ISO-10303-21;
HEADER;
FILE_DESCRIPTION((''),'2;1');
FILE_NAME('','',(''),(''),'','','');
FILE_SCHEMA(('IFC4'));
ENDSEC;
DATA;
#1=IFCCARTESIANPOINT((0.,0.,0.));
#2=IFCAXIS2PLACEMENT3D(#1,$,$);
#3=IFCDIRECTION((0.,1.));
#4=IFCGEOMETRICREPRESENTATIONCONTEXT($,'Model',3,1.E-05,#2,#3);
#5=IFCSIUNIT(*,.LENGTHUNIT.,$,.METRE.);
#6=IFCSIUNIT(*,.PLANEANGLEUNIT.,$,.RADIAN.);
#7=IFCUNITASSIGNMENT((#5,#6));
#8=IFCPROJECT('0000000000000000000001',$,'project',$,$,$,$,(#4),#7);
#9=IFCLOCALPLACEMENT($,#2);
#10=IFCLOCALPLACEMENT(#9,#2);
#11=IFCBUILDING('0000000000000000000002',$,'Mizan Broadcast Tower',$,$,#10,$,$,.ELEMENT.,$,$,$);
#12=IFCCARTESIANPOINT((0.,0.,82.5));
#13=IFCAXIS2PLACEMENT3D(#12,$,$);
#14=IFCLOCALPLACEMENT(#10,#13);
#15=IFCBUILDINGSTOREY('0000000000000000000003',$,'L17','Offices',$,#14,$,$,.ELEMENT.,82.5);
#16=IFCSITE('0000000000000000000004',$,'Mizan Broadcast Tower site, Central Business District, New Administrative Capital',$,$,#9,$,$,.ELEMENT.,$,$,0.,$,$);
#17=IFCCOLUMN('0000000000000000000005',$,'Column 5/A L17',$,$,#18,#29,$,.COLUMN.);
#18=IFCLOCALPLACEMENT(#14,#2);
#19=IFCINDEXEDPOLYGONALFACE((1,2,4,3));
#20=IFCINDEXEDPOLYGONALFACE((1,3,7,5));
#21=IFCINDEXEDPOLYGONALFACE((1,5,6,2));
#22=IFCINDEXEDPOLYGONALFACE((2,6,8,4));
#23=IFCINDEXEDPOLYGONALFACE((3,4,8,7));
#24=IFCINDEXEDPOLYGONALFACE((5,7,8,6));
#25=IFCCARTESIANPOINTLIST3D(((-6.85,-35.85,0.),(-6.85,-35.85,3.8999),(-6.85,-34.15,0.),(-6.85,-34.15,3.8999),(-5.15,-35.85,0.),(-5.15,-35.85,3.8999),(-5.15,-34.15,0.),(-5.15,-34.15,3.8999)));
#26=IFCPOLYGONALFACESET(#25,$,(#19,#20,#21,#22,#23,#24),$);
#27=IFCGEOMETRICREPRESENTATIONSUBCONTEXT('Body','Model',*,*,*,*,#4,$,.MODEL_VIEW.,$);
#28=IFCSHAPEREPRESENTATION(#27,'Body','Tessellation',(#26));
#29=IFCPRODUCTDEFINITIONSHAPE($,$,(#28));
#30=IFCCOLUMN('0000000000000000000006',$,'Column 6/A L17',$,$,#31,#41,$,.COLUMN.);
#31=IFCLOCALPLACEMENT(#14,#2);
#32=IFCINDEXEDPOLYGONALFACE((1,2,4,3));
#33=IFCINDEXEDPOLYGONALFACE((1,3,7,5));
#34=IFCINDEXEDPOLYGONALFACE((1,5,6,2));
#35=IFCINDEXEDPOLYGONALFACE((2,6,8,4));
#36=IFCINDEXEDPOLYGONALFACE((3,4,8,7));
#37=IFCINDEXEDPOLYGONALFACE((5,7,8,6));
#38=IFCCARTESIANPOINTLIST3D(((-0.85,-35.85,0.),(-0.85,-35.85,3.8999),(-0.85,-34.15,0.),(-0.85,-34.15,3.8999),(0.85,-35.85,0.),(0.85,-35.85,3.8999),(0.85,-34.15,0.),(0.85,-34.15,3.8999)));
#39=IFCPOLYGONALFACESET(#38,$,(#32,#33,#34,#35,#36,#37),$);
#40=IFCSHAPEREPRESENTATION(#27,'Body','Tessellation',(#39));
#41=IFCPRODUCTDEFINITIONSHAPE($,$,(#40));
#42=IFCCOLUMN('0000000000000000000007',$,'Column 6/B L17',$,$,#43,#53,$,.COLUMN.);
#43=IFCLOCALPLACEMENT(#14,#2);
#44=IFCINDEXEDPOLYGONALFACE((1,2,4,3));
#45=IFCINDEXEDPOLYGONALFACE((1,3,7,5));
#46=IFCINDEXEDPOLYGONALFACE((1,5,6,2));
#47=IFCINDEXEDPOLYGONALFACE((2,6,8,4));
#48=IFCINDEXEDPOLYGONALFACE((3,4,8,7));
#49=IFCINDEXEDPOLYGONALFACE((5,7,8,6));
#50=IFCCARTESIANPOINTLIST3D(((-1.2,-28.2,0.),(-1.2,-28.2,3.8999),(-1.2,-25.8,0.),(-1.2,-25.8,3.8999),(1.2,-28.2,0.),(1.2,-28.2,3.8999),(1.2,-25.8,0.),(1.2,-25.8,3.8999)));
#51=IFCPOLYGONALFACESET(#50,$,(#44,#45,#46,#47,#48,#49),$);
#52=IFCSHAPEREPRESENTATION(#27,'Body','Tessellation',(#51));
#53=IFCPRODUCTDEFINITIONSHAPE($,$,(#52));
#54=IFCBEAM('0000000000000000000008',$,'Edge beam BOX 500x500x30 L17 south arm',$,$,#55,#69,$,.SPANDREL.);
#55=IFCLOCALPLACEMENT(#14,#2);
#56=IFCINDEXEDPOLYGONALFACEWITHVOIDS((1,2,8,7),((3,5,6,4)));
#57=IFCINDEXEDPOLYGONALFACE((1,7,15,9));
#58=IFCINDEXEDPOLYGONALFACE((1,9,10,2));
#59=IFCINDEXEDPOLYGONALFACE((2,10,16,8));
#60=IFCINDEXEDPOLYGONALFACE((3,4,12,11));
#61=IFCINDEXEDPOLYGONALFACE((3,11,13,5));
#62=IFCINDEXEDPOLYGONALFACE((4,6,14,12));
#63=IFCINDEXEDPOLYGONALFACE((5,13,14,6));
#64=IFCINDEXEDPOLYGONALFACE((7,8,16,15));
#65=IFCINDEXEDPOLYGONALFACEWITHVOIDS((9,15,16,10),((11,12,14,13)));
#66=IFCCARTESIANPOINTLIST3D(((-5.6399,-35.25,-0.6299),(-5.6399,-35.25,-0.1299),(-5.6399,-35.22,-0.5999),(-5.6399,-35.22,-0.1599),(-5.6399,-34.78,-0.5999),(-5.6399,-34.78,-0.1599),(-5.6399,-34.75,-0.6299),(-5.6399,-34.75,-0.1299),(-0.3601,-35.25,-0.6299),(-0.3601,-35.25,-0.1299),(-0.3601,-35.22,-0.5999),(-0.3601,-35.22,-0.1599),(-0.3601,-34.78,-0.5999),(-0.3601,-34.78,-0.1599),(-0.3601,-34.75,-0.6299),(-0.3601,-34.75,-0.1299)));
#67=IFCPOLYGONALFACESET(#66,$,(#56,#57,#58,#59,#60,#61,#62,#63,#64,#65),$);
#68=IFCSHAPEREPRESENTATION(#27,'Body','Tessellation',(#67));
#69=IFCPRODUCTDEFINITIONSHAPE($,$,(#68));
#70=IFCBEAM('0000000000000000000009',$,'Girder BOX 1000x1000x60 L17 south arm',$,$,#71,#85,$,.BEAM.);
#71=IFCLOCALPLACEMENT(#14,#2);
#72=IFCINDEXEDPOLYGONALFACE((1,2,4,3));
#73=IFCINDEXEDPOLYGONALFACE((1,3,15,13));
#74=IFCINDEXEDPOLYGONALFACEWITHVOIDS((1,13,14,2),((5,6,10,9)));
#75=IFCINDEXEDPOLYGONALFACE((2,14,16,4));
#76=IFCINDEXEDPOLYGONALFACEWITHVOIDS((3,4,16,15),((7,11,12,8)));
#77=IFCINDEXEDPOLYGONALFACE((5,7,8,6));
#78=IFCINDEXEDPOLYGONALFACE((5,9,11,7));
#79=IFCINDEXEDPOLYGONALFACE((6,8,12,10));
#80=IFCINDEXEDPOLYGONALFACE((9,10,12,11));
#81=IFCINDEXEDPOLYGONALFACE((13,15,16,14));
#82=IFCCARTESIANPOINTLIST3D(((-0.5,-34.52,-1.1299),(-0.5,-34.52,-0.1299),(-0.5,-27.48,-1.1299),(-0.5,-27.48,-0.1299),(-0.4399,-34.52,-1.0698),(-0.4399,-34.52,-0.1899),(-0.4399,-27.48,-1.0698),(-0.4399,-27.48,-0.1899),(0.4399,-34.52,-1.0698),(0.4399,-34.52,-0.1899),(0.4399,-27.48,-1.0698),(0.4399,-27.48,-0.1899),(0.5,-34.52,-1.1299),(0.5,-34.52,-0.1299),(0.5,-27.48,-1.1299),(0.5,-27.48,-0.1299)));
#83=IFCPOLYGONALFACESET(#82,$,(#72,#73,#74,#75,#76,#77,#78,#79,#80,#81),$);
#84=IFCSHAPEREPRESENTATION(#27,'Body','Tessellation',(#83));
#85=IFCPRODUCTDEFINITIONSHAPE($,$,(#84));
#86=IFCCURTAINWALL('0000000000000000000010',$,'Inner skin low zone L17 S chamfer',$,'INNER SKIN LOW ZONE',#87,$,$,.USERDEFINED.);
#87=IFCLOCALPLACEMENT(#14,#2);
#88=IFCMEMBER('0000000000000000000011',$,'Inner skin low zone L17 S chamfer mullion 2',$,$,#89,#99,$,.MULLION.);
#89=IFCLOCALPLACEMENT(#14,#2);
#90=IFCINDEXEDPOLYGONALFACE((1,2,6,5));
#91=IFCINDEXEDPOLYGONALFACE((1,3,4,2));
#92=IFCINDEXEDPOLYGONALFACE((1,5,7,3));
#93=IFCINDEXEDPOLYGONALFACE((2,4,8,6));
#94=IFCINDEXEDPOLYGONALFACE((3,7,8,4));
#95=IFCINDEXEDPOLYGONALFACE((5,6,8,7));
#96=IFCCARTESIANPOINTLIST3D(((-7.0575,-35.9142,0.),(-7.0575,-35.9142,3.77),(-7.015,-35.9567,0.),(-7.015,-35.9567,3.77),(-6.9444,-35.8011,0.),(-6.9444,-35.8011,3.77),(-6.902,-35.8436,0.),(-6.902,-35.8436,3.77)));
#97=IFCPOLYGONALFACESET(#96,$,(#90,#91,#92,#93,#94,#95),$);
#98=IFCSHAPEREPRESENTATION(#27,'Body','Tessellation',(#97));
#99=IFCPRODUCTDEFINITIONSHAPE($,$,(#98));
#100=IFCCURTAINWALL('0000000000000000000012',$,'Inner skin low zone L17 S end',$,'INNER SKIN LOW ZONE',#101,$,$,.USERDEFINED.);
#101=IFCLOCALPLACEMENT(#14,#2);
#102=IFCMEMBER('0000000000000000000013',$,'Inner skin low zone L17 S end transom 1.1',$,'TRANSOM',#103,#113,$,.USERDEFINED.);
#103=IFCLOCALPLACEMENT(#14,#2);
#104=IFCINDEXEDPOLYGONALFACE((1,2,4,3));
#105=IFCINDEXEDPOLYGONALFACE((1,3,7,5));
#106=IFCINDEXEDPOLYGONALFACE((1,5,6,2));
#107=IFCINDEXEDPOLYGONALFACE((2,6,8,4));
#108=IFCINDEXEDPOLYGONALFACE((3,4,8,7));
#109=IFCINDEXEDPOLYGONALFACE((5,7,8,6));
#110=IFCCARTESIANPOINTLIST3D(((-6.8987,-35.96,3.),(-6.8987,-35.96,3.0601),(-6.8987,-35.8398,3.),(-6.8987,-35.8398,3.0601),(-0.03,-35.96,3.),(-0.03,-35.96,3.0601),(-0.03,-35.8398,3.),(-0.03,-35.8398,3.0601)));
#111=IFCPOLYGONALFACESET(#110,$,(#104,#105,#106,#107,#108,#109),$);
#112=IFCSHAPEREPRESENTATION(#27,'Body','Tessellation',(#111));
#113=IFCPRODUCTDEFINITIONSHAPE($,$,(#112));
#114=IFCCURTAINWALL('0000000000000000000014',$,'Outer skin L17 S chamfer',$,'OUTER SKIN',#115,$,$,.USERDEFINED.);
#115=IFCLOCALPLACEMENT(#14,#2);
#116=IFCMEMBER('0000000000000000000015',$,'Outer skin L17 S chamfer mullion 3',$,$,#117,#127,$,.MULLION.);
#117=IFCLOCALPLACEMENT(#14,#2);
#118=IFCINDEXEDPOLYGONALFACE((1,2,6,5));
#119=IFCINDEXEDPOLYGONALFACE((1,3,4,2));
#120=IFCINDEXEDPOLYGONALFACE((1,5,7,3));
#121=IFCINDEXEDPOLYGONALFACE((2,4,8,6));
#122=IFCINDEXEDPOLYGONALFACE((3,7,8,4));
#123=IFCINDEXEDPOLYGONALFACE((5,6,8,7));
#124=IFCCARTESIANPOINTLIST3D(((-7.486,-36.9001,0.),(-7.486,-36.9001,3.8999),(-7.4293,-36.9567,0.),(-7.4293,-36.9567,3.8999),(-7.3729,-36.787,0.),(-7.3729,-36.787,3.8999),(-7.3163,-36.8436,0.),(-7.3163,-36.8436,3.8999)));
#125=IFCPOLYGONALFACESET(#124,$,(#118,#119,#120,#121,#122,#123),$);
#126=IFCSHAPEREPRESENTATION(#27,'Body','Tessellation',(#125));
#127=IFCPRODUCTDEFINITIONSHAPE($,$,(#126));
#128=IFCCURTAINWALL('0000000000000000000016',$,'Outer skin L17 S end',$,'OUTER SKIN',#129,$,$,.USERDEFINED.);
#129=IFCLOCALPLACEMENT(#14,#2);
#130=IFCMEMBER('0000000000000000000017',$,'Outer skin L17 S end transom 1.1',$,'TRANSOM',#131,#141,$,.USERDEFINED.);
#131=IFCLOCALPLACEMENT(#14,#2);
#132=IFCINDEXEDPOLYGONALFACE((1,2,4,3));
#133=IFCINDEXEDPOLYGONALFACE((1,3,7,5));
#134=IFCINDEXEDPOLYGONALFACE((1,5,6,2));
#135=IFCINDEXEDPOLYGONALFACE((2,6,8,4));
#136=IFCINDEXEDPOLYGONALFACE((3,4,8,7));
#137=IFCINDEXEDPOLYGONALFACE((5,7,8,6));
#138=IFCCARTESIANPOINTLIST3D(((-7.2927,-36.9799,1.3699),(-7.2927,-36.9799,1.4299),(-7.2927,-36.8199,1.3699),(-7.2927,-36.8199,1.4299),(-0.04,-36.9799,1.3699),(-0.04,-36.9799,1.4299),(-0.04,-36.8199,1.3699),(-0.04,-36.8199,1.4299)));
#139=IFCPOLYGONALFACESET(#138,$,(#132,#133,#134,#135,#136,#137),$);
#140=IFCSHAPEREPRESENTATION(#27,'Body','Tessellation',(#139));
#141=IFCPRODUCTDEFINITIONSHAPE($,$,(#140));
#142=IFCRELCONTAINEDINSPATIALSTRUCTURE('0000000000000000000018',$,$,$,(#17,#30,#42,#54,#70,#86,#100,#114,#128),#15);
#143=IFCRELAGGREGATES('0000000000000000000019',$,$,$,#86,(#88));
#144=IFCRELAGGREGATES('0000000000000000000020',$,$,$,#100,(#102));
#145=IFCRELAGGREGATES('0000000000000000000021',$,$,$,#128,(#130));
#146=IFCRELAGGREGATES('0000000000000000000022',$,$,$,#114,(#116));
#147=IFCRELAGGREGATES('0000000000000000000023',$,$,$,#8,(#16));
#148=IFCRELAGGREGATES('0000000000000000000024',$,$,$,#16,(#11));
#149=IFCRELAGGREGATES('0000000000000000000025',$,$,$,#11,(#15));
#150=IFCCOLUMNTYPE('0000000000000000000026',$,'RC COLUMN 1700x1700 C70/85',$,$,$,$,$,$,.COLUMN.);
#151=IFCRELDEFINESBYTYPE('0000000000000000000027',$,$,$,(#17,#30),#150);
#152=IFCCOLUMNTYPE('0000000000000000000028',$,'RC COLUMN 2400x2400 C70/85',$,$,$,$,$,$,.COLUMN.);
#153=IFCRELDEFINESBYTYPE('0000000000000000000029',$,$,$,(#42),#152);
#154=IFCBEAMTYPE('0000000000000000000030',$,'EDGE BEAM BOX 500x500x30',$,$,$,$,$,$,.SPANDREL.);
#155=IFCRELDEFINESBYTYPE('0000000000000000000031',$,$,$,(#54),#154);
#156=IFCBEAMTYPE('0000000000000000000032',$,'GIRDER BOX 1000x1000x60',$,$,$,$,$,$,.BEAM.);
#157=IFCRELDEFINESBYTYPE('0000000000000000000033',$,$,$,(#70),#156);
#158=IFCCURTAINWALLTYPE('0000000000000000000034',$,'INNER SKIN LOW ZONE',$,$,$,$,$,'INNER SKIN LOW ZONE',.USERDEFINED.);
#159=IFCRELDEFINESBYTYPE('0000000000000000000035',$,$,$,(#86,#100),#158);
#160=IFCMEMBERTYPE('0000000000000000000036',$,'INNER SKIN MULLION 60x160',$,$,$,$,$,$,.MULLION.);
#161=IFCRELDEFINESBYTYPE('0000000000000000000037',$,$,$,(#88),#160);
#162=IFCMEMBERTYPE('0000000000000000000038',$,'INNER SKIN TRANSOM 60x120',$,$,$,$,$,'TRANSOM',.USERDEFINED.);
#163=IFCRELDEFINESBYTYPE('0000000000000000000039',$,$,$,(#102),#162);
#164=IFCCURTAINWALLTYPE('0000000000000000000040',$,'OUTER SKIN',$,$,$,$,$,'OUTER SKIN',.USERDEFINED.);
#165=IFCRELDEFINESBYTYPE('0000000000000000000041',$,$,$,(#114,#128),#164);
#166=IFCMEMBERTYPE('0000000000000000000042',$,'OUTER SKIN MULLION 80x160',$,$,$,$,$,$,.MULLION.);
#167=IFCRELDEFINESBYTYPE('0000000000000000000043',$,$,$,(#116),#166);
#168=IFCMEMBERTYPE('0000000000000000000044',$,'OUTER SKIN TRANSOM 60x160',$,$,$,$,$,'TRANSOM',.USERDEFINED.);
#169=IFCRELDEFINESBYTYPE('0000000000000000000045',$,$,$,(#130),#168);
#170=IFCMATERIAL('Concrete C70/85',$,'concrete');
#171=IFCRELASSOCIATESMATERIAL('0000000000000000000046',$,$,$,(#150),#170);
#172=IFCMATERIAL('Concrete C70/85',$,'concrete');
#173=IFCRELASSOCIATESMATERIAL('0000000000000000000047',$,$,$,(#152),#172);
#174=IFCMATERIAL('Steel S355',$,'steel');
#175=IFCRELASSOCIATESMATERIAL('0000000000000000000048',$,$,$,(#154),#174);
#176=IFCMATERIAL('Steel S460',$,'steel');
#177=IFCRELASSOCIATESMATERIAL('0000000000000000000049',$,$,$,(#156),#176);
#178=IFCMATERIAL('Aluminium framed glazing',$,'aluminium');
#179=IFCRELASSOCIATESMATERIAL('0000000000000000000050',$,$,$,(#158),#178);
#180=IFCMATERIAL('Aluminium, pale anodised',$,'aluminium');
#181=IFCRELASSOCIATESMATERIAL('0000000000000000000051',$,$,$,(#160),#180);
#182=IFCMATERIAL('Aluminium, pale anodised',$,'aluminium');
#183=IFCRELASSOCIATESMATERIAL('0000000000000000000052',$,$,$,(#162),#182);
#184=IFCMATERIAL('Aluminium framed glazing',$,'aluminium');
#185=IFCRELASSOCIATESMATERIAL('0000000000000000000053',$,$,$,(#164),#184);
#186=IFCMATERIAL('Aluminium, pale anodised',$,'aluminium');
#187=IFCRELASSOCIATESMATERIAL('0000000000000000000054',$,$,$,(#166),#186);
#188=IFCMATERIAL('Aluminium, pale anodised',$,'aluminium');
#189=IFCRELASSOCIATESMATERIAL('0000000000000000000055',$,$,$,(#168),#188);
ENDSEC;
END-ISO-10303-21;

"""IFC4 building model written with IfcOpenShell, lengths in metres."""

from ifc_helpers import new_model, si_unit, direction, frame, origin, origin_2d, place, context, subcontext, project, spatial, rectangle, hollow_rectangle, extrude, material, material_profile, profile_set, type_object, element, aggregate, save


model = new_model("IFC4")

# Units and contexts
model_context = context("Model", 3, precision=1e-05, world=origin(), true_north=direction((0.0, 1.0)))
body_context = subcontext(model_context, "Body", "Model", "MODEL_VIEW")
ifc_project = project(units=[si_unit("LENGTHUNIT", "METRE"), si_unit("PLANEANGLEUNIT", "RADIAN")], contexts=[model_context])

# Site, building, storey
site_placement = place(None, origin())
site = spatial("IfcSite", under=ifc_project, at=site_placement, Name="Mizan Broadcast Tower site, Central Business District, New Administrative Capital", CompositionType="ELEMENT", RefElevation=0.0)
building_placement = place(site_placement, origin())
building = spatial("IfcBuilding", under=site, at=building_placement, Name="Mizan Broadcast Tower", CompositionType="ELEMENT")
storey_placement = place(building_placement, frame((0.0, 0.0, 82.5)))
storey = spatial("IfcBuildingStorey", under=building, at=storey_placement, Name="L17", Description="Offices", CompositionType="ELEMENT", Elevation=82.5)

# Columns
ifc_material_1 = material(Name="Concrete C70/85", Category="concrete")
ifc_material_profile_1 = material_profile(ifc_material_1, rectangle(XDim=1.7, YDim=1.7, at=origin_2d()), Name="RC 1700x1700")
ifc_profile_set_1 = profile_set([ifc_material_profile_1], Name="Concrete C70/85")
column_type_1 = type_object("IfcColumnType", Name="RC COLUMN 1700x1700 C70/85", PredefinedType="COLUMN", material=ifc_profile_set_1)
for number, where, z_axis, x_axis, name in (
    (1, (-6.0, -35.0, 0.0), (0.0, 0.0, 1.0), (1.0, 0.0, 0.0), "Column 5/A L17"),
    (2, (0.0, -35.0, 0.0), (0.0, 0.0, 1.0), (1.0, 0.0, 0.0), "Column 6/A L17"),
):
    element("IfcColumn", number, at=place(storey_placement, frame(where, z_axis=z_axis, x_axis=x_axis)), inside=storey, type_object=column_type_1, Name=name, PredefinedType="COLUMN", context=body_context, shape_type="SweptSolid", body=[
        extrude(rectangle(XDim=1.7, YDim=1.7, at=origin_2d()), origin(), (0.0, 0.0, 1.0), 3.8999),
    ])
ifc_material_2 = material(Name="Concrete C70/85", Category="concrete")
ifc_material_profile_2 = material_profile(ifc_material_2, rectangle(XDim=2.3999, YDim=2.3999, at=origin_2d()), Name="RC 2400x2400")
ifc_profile_set_2 = profile_set([ifc_material_profile_2], Name="Concrete C70/85")
column_type_2 = type_object("IfcColumnType", Name="RC COLUMN 2400x2400 C70/85", PredefinedType="COLUMN", material=ifc_profile_set_2)
column_placement = place(storey_placement, frame((0.0, -27.0, 0.0), z_axis=(0.0, 0.0, 1.0), x_axis=(1.0, 0.0, 0.0)))
element("IfcColumn", 3, at=column_placement, inside=storey, type_object=column_type_2, Name="Column 6/B L17", PredefinedType="COLUMN", context=body_context, shape_type="SweptSolid", body=[
    extrude(rectangle(XDim=2.3999, YDim=2.3999, at=origin_2d()), origin(), (0.0, 0.0, 1.0), 3.8999),
])

# Beams
ifc_material_3 = material(Name="Steel S355", Category="steel")
ifc_material_profile_3 = material_profile(ifc_material_3, hollow_rectangle(XDim=0.5, YDim=0.5, WallThickness=0.03, at=origin_2d()), Name="BOX 500x500x30")
ifc_profile_set_3 = profile_set([ifc_material_profile_3], Name="Steel S355")
beam_type_1 = type_object("IfcBeamType", Name="EDGE BEAM BOX 500x500x30", PredefinedType="SPANDREL", material=ifc_profile_set_3)
beam_1_placement = place(storey_placement, frame((-5.6399, -35.0, -0.3799), z_axis=(1.0, 0.0, 0.0), x_axis=(0.0, 1.0, 0.0)))
element("IfcBeam", 4, at=beam_1_placement, inside=storey, type_object=beam_type_1, Name="Edge beam BOX 500x500x30 L17 south arm", PredefinedType="SPANDREL", context=body_context, shape_type="SweptSolid", body=[
    extrude(hollow_rectangle(XDim=0.5, YDim=0.5, WallThickness=0.03, at=origin_2d()), origin(), (0.0, 0.0, 1.0), 5.2798),
])
ifc_material_4 = material(Name="Steel S460", Category="steel")
ifc_material_profile_4 = material_profile(ifc_material_4, hollow_rectangle(XDim=1.0, YDim=1.0, WallThickness=0.0601, at=origin_2d()), Name="BOX 1000x1000x60")
ifc_profile_set_4 = profile_set([ifc_material_profile_4], Name="Steel S460")
beam_type_2 = type_object("IfcBeamType", Name="GIRDER BOX 1000x1000x60", PredefinedType="BEAM", material=ifc_profile_set_4)
beam_2_placement = place(storey_placement, frame((0.0, -27.48, -0.6299), z_axis=(0.0, -1.0, 0.0), x_axis=(1.0, 0.0, 0.0)))
element("IfcBeam", 5, at=beam_2_placement, inside=storey, type_object=beam_type_2, Name="Girder BOX 1000x1000x60 L17 south arm", PredefinedType="BEAM", context=body_context, shape_type="SweptSolid", body=[
    extrude(hollow_rectangle(XDim=1.0, YDim=1.0, WallThickness=0.0601, at=origin_2d()), origin(), (0.0, 0.0, 1.0), 7.04),
])

# Curtain walls, members
ifc_material_5 = material(Name="Aluminium framed glazing", Category="aluminium")
curtain_wall_type_1 = type_object("IfcCurtainWallType", Name="INNER SKIN LOW ZONE", ElementType="INNER SKIN LOW ZONE", PredefinedType="USERDEFINED", material=ifc_material_5)
curtain_wall_1_placement = place(storey_placement, origin())
curtain_wall_1 = element("IfcCurtainWall", 6, at=curtain_wall_1_placement, inside=storey, type_object=curtain_wall_type_1, Name="Inner skin low zone L17 S chamfer", ObjectType="INNER SKIN LOW ZONE", PredefinedType="USERDEFINED")
ifc_material_6 = material(Name="Aluminium, pale anodised", Category="aluminium")
ifc_material_profile_5 = material_profile(ifc_material_6, rectangle(XDim=0.1599, YDim=0.0601, at=origin_2d()), Name="MULLION 160x60")
ifc_profile_set_5 = profile_set([ifc_material_profile_5], Name="Aluminium, pale anodised")
member_type_1 = type_object("IfcMemberType", Name="INNER SKIN MULLION 60x160", PredefinedType="MULLION", material=ifc_profile_set_5)
member_1_placement = place(storey_placement, frame((-6.9797, -35.8789, 0.0), z_axis=(0.0, 0.0, 1.0), x_axis=(0.707107, 0.707107, 0.0)))
member_1 = element("IfcMember", 7, at=member_1_placement, type_object=member_type_1, Name="Inner skin low zone L17 S chamfer mullion 2", PredefinedType="MULLION", context=body_context, shape_type="SweptSolid", body=[
    extrude(rectangle(XDim=0.1599, YDim=0.0601, at=origin_2d()), origin(), (0.0, 0.0, 1.0), 3.77),
])
curtain_wall_2_placement = place(storey_placement, origin())
curtain_wall_2 = element("IfcCurtainWall", 8, at=curtain_wall_2_placement, inside=storey, type_object=curtain_wall_type_1, Name="Inner skin low zone L17 S end", ObjectType="INNER SKIN LOW ZONE", PredefinedType="USERDEFINED")
ifc_material_7 = material(Name="Aluminium, pale anodised", Category="aluminium")
ifc_material_profile_6 = material_profile(ifc_material_7, rectangle(XDim=0.1201, YDim=0.0601, at=origin_2d()), Name="TRANSOM 120x60")
ifc_profile_set_6 = profile_set([ifc_material_profile_6], Name="Aluminium, pale anodised")
member_type_2 = type_object("IfcMemberType", Name="INNER SKIN TRANSOM 60x120", ElementType="TRANSOM", PredefinedType="USERDEFINED", material=ifc_profile_set_6)
member_2_placement = place(storey_placement, frame((-6.8987, -35.8999, 3.03), z_axis=(1.0, 0.0, 0.0), x_axis=(0.0, 1.0, 0.0)))
member_2 = element("IfcMember", 9, at=member_2_placement, type_object=member_type_2, Name="Inner skin low zone L17 S end transom 1.1", ObjectType="TRANSOM", PredefinedType="USERDEFINED", context=body_context, shape_type="SweptSolid", body=[
    extrude(rectangle(XDim=0.1201, YDim=0.0601, at=origin_2d()), origin(), (0.0, 0.0, 1.0), 6.8687),
])
ifc_material_8 = material(Name="Aluminium framed glazing", Category="aluminium")
curtain_wall_type_2 = type_object("IfcCurtainWallType", Name="OUTER SKIN", ElementType="OUTER SKIN", PredefinedType="USERDEFINED", material=ifc_material_8)
curtain_wall_3_placement = place(storey_placement, origin())
curtain_wall_3 = element("IfcCurtainWall", 10, at=curtain_wall_3_placement, inside=storey, type_object=curtain_wall_type_2, Name="Outer skin L17 S chamfer", ObjectType="OUTER SKIN", PredefinedType="USERDEFINED")
ifc_material_9 = material(Name="Aluminium, pale anodised", Category="aluminium")
ifc_material_profile_7 = material_profile(ifc_material_9, rectangle(XDim=0.1599, YDim=0.0801, at=origin_2d()), Name="MULLION 160x80")
ifc_profile_set_7 = profile_set([ifc_material_profile_7], Name="Aluminium, pale anodised")
member_type_3 = type_object("IfcMemberType", Name="OUTER SKIN MULLION 80x160", PredefinedType="MULLION", material=ifc_profile_set_7)
member_3_placement = place(storey_placement, frame((-7.4011, -36.8718, 0.0), z_axis=(0.0, 0.0, 1.0), x_axis=(0.707107, 0.707107, 0.0)))
member_3 = element("IfcMember", 11, at=member_3_placement, type_object=member_type_3, Name="Outer skin L17 S chamfer mullion 3", PredefinedType="MULLION", context=body_context, shape_type="SweptSolid", body=[
    extrude(rectangle(XDim=0.1599, YDim=0.0801, at=origin_2d()), origin(), (0.0, 0.0, 1.0), 3.8999),
])
curtain_wall_4_placement = place(storey_placement, origin())
curtain_wall_4 = element("IfcCurtainWall", 12, at=curtain_wall_4_placement, inside=storey, type_object=curtain_wall_type_2, Name="Outer skin L17 S end", ObjectType="OUTER SKIN", PredefinedType="USERDEFINED")
ifc_material_10 = material(Name="Aluminium, pale anodised", Category="aluminium")
ifc_material_profile_8 = material_profile(ifc_material_10, rectangle(XDim=0.1599, YDim=0.0601, at=origin_2d()), Name="TRANSOM 160x60")
ifc_profile_set_8 = profile_set([ifc_material_profile_8], Name="Aluminium, pale anodised")
member_type_4 = type_object("IfcMemberType", Name="OUTER SKIN TRANSOM 60x160", ElementType="TRANSOM", PredefinedType="USERDEFINED", material=ifc_profile_set_8)
member_4_placement = place(storey_placement, frame((-7.2927, -36.8999, 1.3999), z_axis=(1.0, 0.0, 0.0), x_axis=(0.0, 1.0, 0.0)))
member_4 = element("IfcMember", 13, at=member_4_placement, type_object=member_type_4, Name="Outer skin L17 S end transom 1.1", ObjectType="TRANSOM", PredefinedType="USERDEFINED", context=body_context, shape_type="SweptSolid", body=[
    extrude(rectangle(XDim=0.1599, YDim=0.0601, at=origin_2d()), origin(), (0.0, 0.0, 1.0), 7.2527),
])

aggregate(curtain_wall_1, [member_1])
aggregate(curtain_wall_2, [member_2])
aggregate(curtain_wall_4, [member_4])
aggregate(curtain_wall_3, [member_3])

save(model, "model.ifc")
